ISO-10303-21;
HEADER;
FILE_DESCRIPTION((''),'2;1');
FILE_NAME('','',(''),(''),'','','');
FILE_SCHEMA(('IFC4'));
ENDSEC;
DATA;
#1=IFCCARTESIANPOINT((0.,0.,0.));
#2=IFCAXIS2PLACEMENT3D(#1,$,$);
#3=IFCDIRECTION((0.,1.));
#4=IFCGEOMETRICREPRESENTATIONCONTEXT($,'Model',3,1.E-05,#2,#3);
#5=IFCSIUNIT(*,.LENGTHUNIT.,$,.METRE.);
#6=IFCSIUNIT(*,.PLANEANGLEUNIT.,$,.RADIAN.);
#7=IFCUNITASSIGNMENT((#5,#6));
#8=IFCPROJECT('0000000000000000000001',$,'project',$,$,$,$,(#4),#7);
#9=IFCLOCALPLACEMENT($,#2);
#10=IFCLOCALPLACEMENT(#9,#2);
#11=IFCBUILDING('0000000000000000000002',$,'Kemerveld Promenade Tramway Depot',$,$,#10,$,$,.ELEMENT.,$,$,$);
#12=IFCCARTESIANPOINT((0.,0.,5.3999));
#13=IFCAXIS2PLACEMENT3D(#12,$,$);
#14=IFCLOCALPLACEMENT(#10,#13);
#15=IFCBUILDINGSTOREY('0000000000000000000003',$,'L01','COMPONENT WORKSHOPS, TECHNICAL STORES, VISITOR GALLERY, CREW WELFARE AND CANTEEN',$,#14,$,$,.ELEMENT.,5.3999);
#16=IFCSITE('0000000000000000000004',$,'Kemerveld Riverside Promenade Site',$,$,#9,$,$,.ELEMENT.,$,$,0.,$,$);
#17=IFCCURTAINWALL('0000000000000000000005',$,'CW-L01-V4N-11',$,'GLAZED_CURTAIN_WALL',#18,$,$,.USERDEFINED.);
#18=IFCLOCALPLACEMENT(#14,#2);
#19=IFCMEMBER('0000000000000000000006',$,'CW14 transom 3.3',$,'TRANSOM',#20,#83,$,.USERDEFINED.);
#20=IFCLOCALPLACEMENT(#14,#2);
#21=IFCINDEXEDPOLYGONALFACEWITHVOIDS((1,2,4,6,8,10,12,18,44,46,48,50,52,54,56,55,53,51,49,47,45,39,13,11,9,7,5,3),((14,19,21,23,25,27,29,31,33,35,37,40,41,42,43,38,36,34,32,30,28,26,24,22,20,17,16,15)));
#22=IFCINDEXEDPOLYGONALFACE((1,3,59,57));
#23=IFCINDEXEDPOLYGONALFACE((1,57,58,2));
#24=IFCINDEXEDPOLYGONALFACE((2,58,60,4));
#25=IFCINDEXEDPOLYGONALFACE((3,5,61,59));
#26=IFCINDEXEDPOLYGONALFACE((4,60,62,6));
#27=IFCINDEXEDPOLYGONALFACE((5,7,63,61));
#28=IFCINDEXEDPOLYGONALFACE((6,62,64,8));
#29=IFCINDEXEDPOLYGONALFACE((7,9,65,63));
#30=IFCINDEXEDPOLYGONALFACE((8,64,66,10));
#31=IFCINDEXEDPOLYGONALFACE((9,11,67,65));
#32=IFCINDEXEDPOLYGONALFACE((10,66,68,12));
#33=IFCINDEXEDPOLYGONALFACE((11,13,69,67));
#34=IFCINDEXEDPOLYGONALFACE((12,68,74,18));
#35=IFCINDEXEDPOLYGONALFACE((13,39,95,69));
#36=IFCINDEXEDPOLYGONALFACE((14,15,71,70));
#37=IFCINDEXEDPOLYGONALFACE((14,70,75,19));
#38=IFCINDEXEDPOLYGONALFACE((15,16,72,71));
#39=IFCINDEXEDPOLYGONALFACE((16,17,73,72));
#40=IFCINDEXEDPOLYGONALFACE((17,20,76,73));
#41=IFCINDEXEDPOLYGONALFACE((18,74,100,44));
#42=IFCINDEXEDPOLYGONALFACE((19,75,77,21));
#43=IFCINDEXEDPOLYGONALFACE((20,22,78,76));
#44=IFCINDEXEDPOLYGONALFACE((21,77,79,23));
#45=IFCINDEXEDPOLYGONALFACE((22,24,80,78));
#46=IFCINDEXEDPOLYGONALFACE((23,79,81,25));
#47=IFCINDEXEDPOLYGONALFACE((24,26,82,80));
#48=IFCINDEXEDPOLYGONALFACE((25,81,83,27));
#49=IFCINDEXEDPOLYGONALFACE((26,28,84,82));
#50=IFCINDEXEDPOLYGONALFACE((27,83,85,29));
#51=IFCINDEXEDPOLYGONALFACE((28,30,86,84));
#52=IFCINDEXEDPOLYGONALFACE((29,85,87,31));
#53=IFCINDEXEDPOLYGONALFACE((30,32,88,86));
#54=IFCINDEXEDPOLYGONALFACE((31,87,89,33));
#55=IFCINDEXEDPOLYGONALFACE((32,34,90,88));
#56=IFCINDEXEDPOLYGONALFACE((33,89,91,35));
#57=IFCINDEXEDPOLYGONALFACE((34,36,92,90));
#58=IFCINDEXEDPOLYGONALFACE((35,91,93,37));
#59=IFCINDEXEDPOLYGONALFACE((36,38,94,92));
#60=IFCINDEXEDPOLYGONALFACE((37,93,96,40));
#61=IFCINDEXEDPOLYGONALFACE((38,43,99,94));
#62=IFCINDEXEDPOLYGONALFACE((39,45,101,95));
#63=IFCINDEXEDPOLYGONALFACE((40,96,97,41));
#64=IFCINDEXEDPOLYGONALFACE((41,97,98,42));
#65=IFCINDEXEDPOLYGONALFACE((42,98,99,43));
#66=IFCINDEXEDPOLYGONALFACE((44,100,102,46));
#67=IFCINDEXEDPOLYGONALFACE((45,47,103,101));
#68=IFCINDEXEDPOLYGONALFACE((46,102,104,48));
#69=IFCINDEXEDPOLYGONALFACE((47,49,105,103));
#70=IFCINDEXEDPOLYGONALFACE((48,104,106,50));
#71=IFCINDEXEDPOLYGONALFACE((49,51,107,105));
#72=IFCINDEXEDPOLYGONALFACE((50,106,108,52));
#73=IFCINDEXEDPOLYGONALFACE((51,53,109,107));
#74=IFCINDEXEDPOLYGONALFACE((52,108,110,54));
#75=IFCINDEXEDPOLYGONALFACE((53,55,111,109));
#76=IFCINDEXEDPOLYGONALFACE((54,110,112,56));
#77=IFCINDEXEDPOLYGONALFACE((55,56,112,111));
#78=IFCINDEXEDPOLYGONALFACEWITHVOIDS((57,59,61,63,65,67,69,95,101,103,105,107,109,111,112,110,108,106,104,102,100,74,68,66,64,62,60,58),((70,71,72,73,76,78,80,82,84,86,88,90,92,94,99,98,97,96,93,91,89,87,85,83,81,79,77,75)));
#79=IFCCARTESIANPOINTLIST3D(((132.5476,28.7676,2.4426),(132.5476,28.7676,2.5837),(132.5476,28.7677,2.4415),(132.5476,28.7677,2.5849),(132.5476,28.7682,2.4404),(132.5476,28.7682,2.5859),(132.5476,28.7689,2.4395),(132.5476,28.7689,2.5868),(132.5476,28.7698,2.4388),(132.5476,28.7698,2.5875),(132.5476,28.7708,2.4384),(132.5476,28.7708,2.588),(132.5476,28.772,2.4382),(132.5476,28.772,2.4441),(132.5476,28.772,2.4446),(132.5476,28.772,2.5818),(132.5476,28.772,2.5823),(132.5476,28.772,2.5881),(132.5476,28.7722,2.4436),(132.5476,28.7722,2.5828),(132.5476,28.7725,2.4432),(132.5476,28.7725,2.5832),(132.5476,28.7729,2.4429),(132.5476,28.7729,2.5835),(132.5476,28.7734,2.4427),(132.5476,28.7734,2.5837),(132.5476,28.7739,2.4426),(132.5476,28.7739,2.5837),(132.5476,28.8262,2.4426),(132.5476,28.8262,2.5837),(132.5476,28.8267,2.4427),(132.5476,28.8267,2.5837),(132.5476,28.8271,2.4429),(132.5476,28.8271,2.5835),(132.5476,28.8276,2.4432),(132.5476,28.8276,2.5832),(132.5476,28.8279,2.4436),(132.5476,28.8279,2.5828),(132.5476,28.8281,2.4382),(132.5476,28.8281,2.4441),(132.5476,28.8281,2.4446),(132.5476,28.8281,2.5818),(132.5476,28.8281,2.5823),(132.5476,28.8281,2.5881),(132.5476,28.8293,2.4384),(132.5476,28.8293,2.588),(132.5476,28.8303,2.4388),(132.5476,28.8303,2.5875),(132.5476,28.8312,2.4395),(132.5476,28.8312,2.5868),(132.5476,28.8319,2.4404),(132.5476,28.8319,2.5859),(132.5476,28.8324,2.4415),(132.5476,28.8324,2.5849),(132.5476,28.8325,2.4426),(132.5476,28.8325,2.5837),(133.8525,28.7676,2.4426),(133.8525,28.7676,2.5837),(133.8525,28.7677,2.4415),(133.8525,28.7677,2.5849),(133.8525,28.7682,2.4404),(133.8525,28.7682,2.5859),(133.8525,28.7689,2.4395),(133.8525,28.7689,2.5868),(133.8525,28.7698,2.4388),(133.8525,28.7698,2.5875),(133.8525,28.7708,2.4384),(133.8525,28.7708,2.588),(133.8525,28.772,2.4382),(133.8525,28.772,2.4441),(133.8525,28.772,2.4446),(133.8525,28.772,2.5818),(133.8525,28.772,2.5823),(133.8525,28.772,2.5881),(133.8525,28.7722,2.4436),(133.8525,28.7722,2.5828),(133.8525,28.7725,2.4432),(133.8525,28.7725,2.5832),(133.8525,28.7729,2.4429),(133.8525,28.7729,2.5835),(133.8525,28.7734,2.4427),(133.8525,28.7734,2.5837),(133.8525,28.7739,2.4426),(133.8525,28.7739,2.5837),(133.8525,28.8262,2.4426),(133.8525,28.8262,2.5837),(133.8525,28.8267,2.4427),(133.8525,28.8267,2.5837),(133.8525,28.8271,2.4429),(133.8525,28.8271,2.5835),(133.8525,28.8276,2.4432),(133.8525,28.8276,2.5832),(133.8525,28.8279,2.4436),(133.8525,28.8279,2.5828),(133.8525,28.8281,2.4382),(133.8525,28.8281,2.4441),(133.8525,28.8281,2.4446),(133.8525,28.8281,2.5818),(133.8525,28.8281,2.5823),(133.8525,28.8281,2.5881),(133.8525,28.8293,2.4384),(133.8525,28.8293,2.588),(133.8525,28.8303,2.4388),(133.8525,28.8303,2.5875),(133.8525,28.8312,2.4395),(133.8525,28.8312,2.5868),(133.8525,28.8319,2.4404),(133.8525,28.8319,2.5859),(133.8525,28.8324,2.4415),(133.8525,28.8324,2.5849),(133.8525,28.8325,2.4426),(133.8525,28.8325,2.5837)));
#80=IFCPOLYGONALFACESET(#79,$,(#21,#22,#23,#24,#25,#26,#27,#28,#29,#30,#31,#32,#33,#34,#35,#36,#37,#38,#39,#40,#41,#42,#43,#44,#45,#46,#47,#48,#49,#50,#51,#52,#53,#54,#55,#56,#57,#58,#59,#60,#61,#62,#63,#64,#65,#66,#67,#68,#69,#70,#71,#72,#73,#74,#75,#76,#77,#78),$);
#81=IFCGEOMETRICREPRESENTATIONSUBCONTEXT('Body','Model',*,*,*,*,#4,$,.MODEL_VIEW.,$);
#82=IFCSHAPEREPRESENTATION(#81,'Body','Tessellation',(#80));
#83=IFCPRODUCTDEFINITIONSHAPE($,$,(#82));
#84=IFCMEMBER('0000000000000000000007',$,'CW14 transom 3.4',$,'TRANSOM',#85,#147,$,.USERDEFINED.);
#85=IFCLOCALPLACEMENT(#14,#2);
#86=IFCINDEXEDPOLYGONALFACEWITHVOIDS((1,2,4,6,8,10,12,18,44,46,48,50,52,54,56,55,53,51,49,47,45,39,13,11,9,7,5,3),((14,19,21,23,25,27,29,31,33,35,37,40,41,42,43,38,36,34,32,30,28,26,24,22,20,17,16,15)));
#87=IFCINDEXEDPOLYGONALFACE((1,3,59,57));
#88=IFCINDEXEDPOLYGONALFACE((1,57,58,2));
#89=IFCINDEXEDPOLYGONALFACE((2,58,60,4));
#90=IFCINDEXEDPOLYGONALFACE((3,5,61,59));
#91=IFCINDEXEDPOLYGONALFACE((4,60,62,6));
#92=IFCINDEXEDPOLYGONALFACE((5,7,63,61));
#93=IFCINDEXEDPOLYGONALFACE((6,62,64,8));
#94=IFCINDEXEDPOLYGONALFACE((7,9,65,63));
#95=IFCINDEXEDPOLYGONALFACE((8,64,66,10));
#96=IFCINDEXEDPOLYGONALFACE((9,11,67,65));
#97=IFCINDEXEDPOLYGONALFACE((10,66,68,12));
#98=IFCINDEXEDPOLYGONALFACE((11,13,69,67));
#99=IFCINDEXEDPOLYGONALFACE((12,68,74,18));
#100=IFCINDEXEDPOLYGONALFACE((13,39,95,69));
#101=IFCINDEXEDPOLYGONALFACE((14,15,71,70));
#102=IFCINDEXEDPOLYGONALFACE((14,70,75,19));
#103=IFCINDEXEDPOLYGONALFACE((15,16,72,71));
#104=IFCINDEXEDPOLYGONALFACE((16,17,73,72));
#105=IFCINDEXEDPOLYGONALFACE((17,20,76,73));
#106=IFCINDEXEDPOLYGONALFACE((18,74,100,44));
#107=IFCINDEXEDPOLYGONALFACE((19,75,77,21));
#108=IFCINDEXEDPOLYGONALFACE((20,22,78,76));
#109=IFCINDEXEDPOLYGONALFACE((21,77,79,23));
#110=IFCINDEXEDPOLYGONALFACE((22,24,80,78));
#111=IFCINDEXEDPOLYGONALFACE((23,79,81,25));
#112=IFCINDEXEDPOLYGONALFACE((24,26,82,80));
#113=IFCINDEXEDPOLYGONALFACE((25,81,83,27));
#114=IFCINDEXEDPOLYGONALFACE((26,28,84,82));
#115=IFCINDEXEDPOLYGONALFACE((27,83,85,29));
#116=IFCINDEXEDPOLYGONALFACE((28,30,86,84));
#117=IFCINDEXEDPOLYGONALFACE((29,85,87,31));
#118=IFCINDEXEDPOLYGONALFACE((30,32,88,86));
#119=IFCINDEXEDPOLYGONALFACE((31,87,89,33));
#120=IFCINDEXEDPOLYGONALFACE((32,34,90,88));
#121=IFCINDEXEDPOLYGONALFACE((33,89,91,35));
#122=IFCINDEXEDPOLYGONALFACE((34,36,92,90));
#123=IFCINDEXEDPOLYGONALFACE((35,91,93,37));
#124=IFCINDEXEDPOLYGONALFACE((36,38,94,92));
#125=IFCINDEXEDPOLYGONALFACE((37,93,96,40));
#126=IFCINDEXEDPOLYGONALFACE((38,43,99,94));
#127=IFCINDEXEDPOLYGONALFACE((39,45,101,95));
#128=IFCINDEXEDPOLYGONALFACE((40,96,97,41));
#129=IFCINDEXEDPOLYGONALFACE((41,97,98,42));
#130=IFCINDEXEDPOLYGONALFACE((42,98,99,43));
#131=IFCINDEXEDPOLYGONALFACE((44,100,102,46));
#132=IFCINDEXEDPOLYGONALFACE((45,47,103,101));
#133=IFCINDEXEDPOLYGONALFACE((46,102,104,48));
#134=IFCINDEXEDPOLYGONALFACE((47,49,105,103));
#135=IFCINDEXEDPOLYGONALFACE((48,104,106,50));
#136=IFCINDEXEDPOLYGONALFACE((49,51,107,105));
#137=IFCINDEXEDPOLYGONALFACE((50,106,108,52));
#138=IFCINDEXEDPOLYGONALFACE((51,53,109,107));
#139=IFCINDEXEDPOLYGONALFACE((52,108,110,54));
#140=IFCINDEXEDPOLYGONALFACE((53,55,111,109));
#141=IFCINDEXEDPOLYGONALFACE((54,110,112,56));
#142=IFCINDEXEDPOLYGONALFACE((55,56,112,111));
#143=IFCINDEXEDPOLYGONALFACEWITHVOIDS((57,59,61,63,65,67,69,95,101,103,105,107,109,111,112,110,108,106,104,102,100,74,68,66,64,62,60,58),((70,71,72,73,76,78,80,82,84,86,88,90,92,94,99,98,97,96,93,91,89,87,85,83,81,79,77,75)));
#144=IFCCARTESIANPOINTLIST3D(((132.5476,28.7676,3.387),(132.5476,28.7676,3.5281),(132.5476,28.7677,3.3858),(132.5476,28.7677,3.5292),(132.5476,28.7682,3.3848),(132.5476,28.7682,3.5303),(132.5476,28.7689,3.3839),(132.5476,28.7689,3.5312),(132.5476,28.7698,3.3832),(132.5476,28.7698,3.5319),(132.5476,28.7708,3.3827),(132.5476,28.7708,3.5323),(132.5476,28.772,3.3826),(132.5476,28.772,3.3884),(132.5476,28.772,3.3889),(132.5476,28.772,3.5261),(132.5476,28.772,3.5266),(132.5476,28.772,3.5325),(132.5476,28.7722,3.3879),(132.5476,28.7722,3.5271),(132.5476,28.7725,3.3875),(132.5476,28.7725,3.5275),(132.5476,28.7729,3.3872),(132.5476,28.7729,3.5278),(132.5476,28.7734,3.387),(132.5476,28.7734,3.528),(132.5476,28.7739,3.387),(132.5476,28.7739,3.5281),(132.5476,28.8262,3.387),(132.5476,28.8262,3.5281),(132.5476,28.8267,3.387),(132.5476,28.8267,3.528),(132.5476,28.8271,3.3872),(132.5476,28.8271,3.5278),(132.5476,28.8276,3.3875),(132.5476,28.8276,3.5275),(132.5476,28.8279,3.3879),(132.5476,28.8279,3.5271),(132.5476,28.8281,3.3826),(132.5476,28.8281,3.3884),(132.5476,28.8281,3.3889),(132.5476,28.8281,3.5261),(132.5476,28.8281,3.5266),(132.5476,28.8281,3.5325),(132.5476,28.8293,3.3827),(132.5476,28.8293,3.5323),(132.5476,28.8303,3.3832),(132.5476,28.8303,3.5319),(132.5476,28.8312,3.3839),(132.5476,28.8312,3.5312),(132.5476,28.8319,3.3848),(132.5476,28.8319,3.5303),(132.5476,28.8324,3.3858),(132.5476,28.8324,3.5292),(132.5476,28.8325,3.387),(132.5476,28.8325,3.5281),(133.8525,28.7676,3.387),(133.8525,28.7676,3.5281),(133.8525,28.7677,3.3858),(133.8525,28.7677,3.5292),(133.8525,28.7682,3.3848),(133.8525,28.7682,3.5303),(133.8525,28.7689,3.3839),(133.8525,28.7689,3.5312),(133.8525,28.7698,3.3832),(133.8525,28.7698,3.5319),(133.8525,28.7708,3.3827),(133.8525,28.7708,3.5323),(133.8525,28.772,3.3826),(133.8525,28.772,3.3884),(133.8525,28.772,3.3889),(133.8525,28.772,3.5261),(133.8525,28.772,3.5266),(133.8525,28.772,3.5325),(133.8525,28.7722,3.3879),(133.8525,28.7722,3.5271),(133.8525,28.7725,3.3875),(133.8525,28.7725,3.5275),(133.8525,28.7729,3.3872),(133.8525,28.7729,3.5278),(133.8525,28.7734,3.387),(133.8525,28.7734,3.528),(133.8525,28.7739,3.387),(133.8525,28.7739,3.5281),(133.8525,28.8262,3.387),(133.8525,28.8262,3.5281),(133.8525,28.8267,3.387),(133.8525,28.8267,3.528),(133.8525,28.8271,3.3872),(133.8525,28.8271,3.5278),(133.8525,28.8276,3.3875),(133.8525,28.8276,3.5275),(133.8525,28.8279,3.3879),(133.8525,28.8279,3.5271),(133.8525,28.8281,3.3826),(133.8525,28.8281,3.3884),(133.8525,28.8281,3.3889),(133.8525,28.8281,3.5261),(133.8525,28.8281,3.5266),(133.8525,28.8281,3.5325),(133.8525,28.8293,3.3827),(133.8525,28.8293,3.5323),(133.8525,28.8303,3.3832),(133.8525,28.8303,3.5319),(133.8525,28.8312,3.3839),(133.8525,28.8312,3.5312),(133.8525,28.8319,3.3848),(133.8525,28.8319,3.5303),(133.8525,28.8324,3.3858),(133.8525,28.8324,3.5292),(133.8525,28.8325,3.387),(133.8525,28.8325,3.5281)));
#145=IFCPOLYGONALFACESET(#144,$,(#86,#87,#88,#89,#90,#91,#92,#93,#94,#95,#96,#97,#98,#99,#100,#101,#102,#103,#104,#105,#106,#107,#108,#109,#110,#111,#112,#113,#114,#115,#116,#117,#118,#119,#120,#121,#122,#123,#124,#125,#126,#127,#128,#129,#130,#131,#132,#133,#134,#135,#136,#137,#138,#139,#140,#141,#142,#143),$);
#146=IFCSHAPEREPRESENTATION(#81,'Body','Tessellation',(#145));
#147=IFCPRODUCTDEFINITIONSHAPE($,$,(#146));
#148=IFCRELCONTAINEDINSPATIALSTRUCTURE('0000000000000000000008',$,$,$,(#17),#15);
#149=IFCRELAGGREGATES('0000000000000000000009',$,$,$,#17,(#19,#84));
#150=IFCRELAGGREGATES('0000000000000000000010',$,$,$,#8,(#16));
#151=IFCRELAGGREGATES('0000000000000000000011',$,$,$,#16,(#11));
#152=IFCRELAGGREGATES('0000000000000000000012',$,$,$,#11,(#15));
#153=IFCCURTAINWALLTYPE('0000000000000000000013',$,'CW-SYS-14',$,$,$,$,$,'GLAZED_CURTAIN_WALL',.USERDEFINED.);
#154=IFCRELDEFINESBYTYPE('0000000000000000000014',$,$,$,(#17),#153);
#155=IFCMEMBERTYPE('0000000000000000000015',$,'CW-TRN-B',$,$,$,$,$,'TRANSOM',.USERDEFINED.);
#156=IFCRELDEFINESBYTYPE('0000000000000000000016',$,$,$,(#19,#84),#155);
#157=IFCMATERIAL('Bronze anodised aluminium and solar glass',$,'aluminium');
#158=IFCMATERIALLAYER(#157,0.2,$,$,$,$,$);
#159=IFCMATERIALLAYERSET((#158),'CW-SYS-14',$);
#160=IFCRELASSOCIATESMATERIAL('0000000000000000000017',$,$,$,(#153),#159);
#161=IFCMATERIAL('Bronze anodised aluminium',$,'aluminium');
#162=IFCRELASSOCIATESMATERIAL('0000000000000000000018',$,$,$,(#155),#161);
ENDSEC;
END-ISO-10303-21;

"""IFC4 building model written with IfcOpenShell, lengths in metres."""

from ifc_helpers import new_model, si_unit, direction, frame, origin, origin_2d, place, context, subcontext, project, spatial, hollow_rectangle, extrude, material, layer, layer_set, material_profile, profile_set, type_object, element, aggregate, save


model = new_model("IFC4")

# Units and contexts
model_context = context("Model", 3, precision=1e-05, world=origin(), true_north=direction((0.0, 1.0)))
body_context = subcontext(model_context, "Body", "Model", "MODEL_VIEW")
ifc_project = project(units=[si_unit("LENGTHUNIT", "METRE"), si_unit("PLANEANGLEUNIT", "RADIAN")], contexts=[model_context])

# Site, building, storey
site_placement = place(None, origin())
site = spatial("IfcSite", under=ifc_project, at=site_placement, Name="Kemerveld Riverside Promenade Site", CompositionType="ELEMENT", RefElevation=0.0)
building_placement = place(site_placement, origin())
building = spatial("IfcBuilding", under=site, at=building_placement, Name="Kemerveld Promenade Tramway Depot", CompositionType="ELEMENT")
storey_placement = place(building_placement, frame((0.0, 0.0, 5.3999)))
storey = spatial("IfcBuildingStorey", under=building, at=storey_placement, Name="L01", Description="COMPONENT WORKSHOPS, TECHNICAL STORES, VISITOR GALLERY, CREW WELFARE AND CANTEEN", CompositionType="ELEMENT", Elevation=5.3999)

# Curtain wall, members
ifc_material_1 = material(Name="Bronze anodised aluminium and solar glass", Category="aluminium")
ifc_layer_1 = layer(ifc_material_1, 0.2)
ifc_layer_set_1 = layer_set([ifc_layer_1], Name="CW-SYS-14")
curtain_wall_type = type_object("IfcCurtainWallType", Name="CW-SYS-14", ElementType="GLAZED_CURTAIN_WALL", PredefinedType="USERDEFINED", material=ifc_layer_set_1)
curtain_wall_placement = place(storey_placement, origin())
curtain_wall = element("IfcCurtainWall", 1, at=curtain_wall_placement, inside=storey, type_object=curtain_wall_type, Name="CW-L01-V4N-11", ObjectType="GLAZED_CURTAIN_WALL", PredefinedType="USERDEFINED")
ifc_material_2 = material(Name="Bronze anodised aluminium", Category="aluminium")
ifc_material_profile_1 = material_profile(ifc_material_2, hollow_rectangle(XDim=0.0649, YDim=0.1499, WallThickness=0.0044, InnerFilletRadius=0.002, OuterFilletRadius=0.0044, at=origin_2d()), Name="CW-TRN-150x65")
ifc_profile_set_1 = profile_set([ifc_material_profile_1], Name="Bronze anodised aluminium")
member_type_1 = type_object("IfcMemberType", Name="CW-TRN-B", ElementType="TRANSOM", PredefinedType="USERDEFINED", material=ifc_profile_set_1)
member_1_placement = place(storey_placement, frame((132.5476, 28.8, 2.5132), z_axis=(1.0, 0.0, 0.0), x_axis=(0.0, 1.0, 0.0)))
member_1 = element("IfcMember", 2, at=member_1_placement, type_object=member_type_1, Name="CW14 transom 3.3", ObjectType="TRANSOM", PredefinedType="USERDEFINED", context=body_context, shape_type="SweptSolid", body=[
    extrude(hollow_rectangle(XDim=0.0649, YDim=0.1499, WallThickness=0.0044, InnerFilletRadius=0.002, OuterFilletRadius=0.0044, at=origin_2d()), origin(), (0.0, 0.0, 1.0), 1.3049),
])
member_2_placement = place(storey_placement, frame((132.5476, 28.8, 3.4575), z_axis=(1.0, 0.0, 0.0), x_axis=(0.0, 1.0, 0.0)))
member_2 = element("IfcMember", 3, at=member_2_placement, type_object=member_type_1, Name="CW14 transom 3.4", ObjectType="TRANSOM", PredefinedType="USERDEFINED", context=body_context, shape_type="SweptSolid", body=[
    extrude(hollow_rectangle(XDim=0.0649, YDim=0.1499, WallThickness=0.0044, InnerFilletRadius=0.002, OuterFilletRadius=0.0044, at=origin_2d()), origin(), (0.0, 0.0, 1.0), 1.3049),
])
aggregate(curtain_wall, [member_1, member_2])

save(model, "model.ifc")
